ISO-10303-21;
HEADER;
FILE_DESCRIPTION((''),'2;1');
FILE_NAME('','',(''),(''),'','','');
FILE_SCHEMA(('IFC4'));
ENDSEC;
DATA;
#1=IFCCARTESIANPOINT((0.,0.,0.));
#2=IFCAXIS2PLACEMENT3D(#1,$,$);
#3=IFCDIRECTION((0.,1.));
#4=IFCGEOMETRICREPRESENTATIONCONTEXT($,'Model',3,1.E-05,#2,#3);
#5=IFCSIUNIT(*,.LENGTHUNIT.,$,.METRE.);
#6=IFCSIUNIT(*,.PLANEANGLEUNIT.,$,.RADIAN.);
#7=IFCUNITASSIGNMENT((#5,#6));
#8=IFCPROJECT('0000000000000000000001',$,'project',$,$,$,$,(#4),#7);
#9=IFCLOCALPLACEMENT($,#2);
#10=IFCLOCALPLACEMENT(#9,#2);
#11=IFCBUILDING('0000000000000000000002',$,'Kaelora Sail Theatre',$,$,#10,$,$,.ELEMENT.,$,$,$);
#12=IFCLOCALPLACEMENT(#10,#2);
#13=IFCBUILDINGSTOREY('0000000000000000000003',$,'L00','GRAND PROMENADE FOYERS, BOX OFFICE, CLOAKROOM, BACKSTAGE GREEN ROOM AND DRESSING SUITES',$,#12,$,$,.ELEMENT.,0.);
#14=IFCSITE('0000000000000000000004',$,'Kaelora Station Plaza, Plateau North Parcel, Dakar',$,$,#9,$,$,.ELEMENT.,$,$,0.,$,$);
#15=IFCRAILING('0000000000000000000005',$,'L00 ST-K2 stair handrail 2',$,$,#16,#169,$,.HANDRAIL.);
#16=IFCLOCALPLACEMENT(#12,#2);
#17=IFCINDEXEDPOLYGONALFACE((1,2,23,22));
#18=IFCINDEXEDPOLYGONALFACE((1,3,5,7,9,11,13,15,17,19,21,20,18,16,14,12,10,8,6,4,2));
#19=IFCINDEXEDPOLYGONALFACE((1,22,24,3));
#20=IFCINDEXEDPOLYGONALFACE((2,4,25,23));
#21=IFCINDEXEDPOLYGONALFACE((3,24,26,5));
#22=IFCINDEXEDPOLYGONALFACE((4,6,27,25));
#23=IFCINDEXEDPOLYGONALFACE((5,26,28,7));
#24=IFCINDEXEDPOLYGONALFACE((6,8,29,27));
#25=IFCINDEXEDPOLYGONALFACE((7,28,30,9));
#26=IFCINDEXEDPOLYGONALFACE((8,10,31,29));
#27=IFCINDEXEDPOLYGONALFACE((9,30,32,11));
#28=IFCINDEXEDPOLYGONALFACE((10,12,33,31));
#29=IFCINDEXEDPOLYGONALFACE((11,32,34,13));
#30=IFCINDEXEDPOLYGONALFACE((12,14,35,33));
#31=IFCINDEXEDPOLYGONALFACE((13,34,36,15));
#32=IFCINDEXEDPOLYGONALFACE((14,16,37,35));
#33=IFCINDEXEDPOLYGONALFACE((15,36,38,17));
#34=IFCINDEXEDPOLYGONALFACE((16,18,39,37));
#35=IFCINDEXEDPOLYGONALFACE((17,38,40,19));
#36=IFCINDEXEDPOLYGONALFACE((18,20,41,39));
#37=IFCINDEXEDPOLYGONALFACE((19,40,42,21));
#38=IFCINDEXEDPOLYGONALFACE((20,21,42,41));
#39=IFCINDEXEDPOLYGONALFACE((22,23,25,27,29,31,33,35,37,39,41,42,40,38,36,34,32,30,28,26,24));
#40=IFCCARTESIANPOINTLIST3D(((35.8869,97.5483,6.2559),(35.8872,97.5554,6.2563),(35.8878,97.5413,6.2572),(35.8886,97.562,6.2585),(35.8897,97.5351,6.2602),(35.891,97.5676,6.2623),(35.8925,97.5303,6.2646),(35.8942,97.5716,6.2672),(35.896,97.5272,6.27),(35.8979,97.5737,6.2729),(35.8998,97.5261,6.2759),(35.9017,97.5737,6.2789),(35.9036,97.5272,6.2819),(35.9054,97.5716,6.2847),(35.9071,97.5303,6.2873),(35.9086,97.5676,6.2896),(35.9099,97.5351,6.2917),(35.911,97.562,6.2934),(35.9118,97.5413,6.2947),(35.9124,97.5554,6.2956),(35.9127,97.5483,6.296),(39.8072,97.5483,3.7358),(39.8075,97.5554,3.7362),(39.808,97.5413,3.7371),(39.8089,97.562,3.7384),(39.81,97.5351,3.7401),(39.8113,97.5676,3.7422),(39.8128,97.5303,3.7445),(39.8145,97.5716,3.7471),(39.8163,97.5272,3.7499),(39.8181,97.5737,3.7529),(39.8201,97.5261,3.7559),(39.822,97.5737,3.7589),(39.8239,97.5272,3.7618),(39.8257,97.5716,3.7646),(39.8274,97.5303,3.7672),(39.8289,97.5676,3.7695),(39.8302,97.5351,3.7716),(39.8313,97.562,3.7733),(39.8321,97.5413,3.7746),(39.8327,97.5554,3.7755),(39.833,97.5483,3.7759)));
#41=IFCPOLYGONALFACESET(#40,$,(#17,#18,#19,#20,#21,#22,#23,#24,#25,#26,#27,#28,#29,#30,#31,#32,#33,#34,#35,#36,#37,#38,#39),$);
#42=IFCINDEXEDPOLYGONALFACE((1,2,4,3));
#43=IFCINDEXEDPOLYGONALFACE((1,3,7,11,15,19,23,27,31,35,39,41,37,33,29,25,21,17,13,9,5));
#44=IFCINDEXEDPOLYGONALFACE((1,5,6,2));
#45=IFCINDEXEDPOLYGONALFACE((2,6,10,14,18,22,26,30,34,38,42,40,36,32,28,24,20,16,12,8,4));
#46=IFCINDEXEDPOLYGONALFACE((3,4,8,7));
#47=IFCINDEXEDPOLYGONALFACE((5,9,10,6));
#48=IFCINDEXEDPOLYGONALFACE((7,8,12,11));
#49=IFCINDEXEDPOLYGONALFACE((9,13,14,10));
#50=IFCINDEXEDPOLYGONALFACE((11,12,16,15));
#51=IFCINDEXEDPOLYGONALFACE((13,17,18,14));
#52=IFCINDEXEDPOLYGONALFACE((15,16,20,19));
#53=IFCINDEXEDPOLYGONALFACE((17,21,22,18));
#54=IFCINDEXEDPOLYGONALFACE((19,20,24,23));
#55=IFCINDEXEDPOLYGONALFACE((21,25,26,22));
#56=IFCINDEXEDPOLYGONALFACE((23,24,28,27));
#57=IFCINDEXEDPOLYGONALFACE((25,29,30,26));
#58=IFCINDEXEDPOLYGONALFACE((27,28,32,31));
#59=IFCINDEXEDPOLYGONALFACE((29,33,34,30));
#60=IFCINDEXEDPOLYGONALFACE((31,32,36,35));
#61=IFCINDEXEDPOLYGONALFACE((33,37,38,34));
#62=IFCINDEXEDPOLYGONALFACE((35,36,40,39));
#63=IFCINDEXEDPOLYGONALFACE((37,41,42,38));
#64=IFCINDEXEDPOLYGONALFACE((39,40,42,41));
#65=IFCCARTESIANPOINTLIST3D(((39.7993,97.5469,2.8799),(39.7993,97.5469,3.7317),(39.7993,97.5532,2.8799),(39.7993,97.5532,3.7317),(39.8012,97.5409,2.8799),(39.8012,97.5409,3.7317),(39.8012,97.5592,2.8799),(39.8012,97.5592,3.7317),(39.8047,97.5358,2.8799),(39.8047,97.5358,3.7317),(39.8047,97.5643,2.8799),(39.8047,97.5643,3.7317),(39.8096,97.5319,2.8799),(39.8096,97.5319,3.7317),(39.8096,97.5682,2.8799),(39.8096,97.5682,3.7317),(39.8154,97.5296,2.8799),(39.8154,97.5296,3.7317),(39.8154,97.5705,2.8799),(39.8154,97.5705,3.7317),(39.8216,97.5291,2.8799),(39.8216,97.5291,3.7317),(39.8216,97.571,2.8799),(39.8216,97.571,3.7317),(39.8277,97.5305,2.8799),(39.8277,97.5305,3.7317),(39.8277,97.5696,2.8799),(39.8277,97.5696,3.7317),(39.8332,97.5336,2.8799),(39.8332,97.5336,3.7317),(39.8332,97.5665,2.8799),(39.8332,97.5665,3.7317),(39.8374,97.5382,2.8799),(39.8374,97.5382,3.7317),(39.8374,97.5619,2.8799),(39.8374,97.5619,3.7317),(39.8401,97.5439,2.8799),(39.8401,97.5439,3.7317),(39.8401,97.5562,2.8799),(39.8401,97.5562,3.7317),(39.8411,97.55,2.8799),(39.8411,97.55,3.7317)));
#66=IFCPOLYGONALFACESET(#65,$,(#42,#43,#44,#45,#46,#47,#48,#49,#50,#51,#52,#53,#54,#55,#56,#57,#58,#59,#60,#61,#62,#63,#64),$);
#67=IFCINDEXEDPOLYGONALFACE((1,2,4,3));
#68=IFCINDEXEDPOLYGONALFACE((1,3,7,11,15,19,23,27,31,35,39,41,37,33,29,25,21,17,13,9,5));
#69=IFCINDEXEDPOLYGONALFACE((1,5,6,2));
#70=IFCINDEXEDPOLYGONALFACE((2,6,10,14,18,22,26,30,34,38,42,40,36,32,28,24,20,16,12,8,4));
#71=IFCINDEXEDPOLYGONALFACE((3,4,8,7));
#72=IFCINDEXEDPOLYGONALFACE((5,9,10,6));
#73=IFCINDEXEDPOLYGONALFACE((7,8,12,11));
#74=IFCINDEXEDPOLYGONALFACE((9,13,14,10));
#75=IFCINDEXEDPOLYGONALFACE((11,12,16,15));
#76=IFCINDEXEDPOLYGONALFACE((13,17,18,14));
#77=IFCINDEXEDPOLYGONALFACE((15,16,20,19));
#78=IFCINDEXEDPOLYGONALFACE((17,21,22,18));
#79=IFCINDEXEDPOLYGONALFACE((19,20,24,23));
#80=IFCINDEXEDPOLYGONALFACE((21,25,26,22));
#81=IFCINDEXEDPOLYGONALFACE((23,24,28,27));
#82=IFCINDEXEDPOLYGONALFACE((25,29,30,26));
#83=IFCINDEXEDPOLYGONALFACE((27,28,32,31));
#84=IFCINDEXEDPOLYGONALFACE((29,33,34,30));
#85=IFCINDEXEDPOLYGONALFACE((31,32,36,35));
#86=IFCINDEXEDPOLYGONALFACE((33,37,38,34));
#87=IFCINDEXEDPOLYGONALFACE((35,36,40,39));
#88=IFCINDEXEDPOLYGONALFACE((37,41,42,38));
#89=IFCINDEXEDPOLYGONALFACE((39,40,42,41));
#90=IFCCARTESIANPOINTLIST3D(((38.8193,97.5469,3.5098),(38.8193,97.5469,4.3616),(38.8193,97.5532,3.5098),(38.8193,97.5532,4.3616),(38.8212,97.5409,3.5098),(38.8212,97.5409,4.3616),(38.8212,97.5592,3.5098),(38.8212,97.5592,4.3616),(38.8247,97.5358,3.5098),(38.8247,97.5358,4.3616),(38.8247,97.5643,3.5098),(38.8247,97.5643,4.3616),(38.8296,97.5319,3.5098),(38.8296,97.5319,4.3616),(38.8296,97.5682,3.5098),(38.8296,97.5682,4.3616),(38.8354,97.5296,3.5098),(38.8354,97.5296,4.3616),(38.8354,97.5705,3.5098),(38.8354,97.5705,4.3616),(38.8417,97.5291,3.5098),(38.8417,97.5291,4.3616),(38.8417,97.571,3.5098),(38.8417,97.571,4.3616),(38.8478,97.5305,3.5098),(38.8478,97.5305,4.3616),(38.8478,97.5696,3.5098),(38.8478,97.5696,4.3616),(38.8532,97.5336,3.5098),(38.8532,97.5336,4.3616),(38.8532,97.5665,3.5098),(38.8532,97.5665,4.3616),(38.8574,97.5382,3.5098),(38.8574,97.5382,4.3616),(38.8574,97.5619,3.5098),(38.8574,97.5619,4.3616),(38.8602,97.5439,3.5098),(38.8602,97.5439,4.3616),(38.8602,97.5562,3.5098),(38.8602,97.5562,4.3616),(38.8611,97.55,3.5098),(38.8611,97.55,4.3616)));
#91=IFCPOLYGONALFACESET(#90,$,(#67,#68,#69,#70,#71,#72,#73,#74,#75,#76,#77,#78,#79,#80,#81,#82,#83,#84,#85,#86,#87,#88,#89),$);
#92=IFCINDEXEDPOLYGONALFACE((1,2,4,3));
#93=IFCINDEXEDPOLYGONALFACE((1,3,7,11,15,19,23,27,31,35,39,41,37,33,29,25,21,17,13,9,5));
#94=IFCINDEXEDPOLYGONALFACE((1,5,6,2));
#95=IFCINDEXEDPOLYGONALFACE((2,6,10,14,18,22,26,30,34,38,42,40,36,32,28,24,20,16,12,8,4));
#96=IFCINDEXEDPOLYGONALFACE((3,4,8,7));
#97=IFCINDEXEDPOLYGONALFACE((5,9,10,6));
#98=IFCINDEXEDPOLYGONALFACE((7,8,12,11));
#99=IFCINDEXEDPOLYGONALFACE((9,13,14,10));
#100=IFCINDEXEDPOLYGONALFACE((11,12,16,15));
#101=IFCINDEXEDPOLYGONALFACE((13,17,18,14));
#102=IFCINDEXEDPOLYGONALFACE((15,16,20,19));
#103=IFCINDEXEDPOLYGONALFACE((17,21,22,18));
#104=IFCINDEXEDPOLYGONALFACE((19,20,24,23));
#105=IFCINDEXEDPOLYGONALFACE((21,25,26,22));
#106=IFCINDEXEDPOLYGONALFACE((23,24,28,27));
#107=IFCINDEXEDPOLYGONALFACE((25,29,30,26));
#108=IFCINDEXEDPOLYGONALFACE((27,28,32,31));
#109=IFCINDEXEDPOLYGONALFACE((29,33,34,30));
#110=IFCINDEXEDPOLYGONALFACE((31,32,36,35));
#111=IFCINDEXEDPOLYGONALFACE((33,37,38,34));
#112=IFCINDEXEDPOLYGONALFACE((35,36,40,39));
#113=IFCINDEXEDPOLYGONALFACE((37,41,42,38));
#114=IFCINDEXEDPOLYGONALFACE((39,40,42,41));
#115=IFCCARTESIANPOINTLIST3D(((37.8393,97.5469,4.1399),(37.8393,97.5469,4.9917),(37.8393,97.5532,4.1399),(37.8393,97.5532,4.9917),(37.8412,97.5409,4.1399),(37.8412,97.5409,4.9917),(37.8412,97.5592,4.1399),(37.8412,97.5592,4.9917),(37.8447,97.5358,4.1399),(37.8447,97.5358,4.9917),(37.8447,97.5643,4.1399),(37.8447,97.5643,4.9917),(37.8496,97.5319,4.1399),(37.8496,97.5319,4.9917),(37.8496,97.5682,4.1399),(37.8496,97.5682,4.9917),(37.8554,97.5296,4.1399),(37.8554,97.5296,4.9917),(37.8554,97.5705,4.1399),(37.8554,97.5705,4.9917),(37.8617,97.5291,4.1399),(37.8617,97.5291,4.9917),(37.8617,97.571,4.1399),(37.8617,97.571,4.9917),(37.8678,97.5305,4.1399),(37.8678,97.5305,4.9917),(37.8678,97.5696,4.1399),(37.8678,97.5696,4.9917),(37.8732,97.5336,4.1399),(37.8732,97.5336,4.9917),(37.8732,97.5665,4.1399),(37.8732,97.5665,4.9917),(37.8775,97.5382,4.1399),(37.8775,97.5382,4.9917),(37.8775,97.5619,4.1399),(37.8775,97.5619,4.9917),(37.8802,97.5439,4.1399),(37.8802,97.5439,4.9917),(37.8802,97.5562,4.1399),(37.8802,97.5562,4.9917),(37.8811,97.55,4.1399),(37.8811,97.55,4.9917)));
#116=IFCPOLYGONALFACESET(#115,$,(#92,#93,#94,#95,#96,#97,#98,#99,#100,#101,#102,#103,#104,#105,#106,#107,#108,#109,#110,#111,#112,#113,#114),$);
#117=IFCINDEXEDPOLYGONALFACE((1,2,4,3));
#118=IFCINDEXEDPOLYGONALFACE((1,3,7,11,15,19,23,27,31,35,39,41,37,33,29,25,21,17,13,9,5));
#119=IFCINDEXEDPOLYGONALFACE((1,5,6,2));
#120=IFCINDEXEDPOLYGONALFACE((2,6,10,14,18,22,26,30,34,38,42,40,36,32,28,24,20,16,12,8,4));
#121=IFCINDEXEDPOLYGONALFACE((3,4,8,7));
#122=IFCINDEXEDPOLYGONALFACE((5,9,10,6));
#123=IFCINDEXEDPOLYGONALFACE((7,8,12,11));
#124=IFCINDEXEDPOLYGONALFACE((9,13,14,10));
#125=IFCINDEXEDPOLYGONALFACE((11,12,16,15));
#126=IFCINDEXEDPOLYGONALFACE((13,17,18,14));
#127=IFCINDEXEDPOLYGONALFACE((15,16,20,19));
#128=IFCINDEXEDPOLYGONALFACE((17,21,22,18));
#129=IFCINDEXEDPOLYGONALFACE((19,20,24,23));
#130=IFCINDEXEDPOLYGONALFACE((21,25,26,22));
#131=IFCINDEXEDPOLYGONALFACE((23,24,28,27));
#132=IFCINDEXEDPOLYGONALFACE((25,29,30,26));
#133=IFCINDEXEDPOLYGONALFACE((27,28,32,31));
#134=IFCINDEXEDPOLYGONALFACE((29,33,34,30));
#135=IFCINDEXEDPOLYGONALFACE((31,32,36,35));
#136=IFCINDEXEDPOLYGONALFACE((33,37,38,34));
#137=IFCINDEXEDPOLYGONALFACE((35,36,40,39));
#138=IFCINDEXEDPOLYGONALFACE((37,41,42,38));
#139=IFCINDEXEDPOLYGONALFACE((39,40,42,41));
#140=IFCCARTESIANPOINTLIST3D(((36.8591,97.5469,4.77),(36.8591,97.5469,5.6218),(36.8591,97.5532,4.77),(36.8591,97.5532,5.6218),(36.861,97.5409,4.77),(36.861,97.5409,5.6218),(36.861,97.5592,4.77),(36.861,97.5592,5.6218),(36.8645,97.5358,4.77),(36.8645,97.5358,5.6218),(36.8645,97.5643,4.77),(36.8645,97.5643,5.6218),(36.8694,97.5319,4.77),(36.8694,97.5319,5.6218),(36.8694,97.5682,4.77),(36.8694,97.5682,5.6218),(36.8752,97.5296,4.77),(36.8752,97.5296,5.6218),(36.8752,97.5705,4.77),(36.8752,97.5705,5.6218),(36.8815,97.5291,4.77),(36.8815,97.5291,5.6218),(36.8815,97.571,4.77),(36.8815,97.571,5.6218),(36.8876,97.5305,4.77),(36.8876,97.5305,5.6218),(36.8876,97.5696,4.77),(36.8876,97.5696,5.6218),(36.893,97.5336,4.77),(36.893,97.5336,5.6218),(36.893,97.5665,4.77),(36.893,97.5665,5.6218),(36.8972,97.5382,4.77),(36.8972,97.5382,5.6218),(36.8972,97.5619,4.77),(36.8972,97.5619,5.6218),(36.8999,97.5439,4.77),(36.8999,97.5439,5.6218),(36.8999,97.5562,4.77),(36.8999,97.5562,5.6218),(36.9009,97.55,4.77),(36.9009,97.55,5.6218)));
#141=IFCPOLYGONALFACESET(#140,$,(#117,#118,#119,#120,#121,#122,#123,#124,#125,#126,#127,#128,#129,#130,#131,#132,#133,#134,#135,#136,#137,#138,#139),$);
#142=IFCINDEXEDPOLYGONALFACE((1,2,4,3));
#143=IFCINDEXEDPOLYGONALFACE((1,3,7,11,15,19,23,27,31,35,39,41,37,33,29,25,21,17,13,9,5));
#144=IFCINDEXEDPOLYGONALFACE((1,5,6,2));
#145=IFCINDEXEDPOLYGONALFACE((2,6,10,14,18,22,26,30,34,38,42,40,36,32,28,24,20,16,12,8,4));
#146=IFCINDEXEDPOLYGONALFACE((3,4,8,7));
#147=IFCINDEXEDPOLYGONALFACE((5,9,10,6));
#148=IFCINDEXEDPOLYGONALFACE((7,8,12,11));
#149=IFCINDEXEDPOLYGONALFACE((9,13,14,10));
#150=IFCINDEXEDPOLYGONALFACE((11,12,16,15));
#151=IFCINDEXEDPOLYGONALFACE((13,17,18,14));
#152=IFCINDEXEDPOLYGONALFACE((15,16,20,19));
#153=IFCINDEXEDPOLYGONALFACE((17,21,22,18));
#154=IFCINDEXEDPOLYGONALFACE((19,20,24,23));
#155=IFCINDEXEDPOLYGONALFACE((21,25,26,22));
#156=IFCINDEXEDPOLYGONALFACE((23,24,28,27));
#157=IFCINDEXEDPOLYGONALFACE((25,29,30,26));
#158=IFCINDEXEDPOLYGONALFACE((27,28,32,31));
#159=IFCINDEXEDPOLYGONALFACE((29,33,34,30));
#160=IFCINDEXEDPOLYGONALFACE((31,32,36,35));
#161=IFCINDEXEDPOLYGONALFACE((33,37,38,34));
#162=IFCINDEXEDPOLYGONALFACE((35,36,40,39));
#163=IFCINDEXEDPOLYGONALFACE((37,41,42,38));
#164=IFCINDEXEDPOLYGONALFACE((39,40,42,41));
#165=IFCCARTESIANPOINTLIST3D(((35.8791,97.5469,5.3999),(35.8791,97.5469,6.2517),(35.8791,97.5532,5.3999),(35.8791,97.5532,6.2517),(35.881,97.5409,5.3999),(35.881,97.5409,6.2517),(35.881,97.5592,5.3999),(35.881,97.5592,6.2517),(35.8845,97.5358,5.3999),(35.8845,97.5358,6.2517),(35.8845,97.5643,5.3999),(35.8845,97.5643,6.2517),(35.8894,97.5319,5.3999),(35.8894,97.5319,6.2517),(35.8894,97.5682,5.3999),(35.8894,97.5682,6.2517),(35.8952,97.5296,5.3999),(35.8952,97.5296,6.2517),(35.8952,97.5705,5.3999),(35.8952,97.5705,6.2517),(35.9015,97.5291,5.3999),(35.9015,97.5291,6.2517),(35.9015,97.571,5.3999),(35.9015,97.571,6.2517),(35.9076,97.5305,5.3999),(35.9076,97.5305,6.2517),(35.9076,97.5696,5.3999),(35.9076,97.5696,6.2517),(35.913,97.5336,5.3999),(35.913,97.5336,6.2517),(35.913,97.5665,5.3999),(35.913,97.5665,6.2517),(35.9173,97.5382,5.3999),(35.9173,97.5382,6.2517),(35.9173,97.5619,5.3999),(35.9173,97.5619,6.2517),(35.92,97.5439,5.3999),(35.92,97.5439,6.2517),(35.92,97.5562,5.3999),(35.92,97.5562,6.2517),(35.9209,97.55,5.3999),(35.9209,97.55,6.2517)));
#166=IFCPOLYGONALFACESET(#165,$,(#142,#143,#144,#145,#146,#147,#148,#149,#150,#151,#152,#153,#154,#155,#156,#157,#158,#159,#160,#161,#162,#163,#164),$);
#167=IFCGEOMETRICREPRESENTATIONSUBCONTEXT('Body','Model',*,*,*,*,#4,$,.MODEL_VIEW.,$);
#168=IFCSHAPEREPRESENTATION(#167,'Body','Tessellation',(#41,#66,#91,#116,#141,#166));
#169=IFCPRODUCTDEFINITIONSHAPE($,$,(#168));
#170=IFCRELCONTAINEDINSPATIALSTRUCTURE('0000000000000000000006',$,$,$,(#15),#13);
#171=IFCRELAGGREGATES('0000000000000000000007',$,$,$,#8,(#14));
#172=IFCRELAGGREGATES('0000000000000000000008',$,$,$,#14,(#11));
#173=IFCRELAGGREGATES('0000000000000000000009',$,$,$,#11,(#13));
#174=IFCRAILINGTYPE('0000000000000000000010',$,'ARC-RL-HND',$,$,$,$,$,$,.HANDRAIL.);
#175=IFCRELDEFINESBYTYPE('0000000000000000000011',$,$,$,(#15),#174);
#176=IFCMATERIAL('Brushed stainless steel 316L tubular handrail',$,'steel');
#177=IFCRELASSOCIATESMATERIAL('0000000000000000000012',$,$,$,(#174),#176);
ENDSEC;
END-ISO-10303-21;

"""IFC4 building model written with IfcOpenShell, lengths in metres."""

from ifc_helpers import new_model, si_unit, direction, frame, origin, origin_2d, place, context, subcontext, project, spatial, circle, extrude, material, type_object, element, save


model = new_model("IFC4")

# Units and contexts
model_context = context("Model", 3, precision=1e-05, world=origin(), true_north=direction((0.0, 1.0)))
body_context = subcontext(model_context, "Body", "Model", "MODEL_VIEW")
ifc_project = project(units=[si_unit("LENGTHUNIT", "METRE"), si_unit("PLANEANGLEUNIT", "RADIAN")], contexts=[model_context])

# Site, building, storey
site_placement = place(None, origin())
site = spatial("IfcSite", under=ifc_project, at=site_placement, Name="Kaelora Station Plaza, Plateau North Parcel, Dakar", CompositionType="ELEMENT", RefElevation=0.0)
building_placement = place(site_placement, origin())
building = spatial("IfcBuilding", under=site, at=building_placement, Name="Kaelora Sail Theatre", CompositionType="ELEMENT")
storey_placement = place(building_placement, origin())
storey = spatial("IfcBuildingStorey", under=building, at=storey_placement, Name="L00", Description="GRAND PROMENADE FOYERS, BOX OFFICE, CLOAKROOM, BACKSTAGE GREEN ROOM AND DRESSING SUITES", CompositionType="ELEMENT", Elevation=0.0)

# Railing
ifc_material_1 = material(Name="Brushed stainless steel 316L tubular handrail", Category="steel")
railing_type_1 = type_object("IfcRailingType", Name="ARC-RL-HND", PredefinedType="HANDRAIL", material=ifc_material_1)
railing_1_placement = place(storey_placement, frame((39.8201, 97.55, 2.8799)))
element("IfcRailing", 1, at=railing_1_placement, inside=storey, type_object=railing_type_1, Name="L00 ST-K2 stair handrail 2", PredefinedType="HANDRAIL", context=body_context, shape_type="SweptSolid", body=[
    extrude(circle(Radius=0.0239, at=origin_2d()), frame((0.0, 0.0, 0.876), z_axis=(-0.841187, 0.0, 0.540744), x_axis=(0.0, -1.0, 0.0)), (0.0, 0.0, 1.0), 4.6604),
    extrude(circle(Radius=0.021, at=origin_2d()), origin(), (0.0, 0.0, 1.0), 0.8518),
    extrude(circle(Radius=0.021, at=origin_2d()), frame((-0.98, 0.0, 0.6299)), (0.0, 0.0, 1.0), 0.8518),
    extrude(circle(Radius=0.021, at=origin_2d()), frame((-1.96, 0.0, 1.26)), (0.0, 0.0, 1.0), 0.8518),
    extrude(circle(Radius=0.021, at=origin_2d()), frame((-2.9402, 0.0, 1.8901)), (0.0, 0.0, 1.0), 0.8518),
    extrude(circle(Radius=0.021, at=origin_2d()), frame((-3.9202, 0.0, 2.52)), (0.0, 0.0, 1.0), 0.8518),
])

save(model, "model.ifc")
